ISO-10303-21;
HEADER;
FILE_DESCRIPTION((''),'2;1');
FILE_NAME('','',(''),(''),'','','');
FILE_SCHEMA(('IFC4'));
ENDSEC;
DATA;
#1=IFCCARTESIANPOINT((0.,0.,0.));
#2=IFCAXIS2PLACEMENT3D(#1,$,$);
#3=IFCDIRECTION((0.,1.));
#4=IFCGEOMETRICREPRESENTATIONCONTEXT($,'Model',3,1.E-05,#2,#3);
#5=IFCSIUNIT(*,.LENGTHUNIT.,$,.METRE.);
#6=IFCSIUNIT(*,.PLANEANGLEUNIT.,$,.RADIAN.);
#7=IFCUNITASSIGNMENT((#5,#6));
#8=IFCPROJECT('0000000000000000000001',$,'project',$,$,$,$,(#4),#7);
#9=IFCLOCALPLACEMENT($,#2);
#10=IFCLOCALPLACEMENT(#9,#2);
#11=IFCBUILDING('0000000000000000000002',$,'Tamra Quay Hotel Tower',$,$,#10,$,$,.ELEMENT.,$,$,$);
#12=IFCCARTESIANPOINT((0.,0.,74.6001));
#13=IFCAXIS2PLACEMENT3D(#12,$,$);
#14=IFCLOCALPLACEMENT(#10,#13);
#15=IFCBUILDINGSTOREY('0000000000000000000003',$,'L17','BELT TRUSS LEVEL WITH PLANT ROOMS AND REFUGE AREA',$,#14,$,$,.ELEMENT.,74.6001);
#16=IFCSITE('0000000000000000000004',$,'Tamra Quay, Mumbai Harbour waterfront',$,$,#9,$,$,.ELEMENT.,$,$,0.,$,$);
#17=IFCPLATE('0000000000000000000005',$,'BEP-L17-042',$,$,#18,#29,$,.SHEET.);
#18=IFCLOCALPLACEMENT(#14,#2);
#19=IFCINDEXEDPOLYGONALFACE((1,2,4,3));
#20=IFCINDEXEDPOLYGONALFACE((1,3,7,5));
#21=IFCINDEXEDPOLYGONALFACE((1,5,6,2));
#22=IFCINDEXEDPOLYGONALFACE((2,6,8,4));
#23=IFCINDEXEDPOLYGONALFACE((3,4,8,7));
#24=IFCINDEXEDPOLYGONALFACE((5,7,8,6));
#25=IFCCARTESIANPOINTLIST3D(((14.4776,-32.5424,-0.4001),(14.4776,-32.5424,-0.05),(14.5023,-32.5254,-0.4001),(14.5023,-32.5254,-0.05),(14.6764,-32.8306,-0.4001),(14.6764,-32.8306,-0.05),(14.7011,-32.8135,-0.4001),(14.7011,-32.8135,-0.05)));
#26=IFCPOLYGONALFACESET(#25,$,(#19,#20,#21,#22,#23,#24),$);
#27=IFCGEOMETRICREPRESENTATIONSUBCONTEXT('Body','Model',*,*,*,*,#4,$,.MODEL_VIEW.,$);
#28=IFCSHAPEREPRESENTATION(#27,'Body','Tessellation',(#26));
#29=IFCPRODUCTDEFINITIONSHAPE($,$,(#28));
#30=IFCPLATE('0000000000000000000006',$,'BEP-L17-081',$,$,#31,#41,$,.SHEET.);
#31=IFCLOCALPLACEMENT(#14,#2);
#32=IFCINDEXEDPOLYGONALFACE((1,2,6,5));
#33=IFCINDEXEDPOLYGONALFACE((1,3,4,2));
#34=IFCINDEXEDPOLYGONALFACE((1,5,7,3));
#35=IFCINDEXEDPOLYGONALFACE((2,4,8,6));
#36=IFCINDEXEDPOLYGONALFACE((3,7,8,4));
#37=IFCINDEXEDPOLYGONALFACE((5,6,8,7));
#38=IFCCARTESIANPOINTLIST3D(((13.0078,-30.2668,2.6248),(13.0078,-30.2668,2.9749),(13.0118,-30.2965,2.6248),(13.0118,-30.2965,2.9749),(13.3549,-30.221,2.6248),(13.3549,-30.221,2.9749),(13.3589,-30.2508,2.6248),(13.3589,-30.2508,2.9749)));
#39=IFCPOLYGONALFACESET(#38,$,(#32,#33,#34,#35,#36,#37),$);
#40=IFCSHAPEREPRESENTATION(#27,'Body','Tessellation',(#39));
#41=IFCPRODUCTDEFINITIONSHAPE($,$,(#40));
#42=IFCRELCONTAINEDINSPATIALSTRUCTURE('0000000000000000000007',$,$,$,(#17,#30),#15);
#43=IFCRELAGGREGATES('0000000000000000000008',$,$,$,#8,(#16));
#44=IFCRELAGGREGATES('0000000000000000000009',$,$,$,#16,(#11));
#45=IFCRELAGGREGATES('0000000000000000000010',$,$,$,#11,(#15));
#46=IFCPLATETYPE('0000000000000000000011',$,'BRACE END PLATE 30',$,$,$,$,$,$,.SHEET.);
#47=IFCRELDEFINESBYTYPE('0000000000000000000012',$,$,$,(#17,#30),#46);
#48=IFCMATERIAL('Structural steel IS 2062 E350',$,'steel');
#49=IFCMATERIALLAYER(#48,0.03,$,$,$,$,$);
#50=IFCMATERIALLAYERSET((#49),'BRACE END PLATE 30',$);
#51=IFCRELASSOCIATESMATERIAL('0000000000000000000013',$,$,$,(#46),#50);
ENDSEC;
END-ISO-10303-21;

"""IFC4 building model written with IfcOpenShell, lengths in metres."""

from ifc_helpers import new_model, si_unit, direction, frame, origin, origin_2d, place, context, subcontext, project, spatial, rectangle, extrude, material, layer, layer_set, type_object, element, save


model = new_model("IFC4")

# Units and contexts
model_context = context("Model", 3, precision=1e-05, world=origin(), true_north=direction((0.0, 1.0)))
body_context = subcontext(model_context, "Body", "Model", "MODEL_VIEW")
ifc_project = project(units=[si_unit("LENGTHUNIT", "METRE"), si_unit("PLANEANGLEUNIT", "RADIAN")], contexts=[model_context])

# Site, building, storey
site_placement = place(None, origin())
site = spatial("IfcSite", under=ifc_project, at=site_placement, Name="Tamra Quay, Mumbai Harbour waterfront", CompositionType="ELEMENT", RefElevation=0.0)
building_placement = place(site_placement, origin())
building = spatial("IfcBuilding", under=site, at=building_placement, Name="Tamra Quay Hotel Tower", CompositionType="ELEMENT")
storey_placement = place(building_placement, frame((0.0, 0.0, 74.6001)))
storey = spatial("IfcBuildingStorey", under=building, at=storey_placement, Name="L17", Description="BELT TRUSS LEVEL WITH PLANT ROOMS AND REFUGE AREA", CompositionType="ELEMENT", Elevation=74.6001)

# Shared definitions
ifc_material_1 = material(Name="Structural steel IS 2062 E350", Category="steel")

# Plates
ifc_layer = layer(ifc_material_1, 0.03)
ifc_layer_set = layer_set([ifc_layer], Name="BRACE END PLATE 30")
plate_type = type_object("IfcPlateType", Name="BRACE END PLATE 30", PredefinedType="SHEET", material=ifc_layer_set)
for number, where, z_axis, x_axis, name in (
    (1, (14.5894, -32.678, -0.4001), (0.0, 0.0, 1.0), (0.823136, 0.567844, 0.0), "BEP-L17-042"),
    (2, (13.1833, -30.2588, 2.6248), (0.0, 0.0, 1.0), (-0.130649, 0.991429, 0.0), "BEP-L17-081"),
):
    element("IfcPlate", number, at=place(storey_placement, frame(where, z_axis=z_axis, x_axis=x_axis)), inside=storey, type_object=plate_type, Name=name, PredefinedType="SHEET", context=body_context, shape_type="SweptSolid", body=[
        extrude(rectangle(XDim=0.03, YDim=0.3501, at=origin_2d()), origin(), (0.0, 0.0, 1.0), 0.3501),
    ])

save(model, "model.ifc")
